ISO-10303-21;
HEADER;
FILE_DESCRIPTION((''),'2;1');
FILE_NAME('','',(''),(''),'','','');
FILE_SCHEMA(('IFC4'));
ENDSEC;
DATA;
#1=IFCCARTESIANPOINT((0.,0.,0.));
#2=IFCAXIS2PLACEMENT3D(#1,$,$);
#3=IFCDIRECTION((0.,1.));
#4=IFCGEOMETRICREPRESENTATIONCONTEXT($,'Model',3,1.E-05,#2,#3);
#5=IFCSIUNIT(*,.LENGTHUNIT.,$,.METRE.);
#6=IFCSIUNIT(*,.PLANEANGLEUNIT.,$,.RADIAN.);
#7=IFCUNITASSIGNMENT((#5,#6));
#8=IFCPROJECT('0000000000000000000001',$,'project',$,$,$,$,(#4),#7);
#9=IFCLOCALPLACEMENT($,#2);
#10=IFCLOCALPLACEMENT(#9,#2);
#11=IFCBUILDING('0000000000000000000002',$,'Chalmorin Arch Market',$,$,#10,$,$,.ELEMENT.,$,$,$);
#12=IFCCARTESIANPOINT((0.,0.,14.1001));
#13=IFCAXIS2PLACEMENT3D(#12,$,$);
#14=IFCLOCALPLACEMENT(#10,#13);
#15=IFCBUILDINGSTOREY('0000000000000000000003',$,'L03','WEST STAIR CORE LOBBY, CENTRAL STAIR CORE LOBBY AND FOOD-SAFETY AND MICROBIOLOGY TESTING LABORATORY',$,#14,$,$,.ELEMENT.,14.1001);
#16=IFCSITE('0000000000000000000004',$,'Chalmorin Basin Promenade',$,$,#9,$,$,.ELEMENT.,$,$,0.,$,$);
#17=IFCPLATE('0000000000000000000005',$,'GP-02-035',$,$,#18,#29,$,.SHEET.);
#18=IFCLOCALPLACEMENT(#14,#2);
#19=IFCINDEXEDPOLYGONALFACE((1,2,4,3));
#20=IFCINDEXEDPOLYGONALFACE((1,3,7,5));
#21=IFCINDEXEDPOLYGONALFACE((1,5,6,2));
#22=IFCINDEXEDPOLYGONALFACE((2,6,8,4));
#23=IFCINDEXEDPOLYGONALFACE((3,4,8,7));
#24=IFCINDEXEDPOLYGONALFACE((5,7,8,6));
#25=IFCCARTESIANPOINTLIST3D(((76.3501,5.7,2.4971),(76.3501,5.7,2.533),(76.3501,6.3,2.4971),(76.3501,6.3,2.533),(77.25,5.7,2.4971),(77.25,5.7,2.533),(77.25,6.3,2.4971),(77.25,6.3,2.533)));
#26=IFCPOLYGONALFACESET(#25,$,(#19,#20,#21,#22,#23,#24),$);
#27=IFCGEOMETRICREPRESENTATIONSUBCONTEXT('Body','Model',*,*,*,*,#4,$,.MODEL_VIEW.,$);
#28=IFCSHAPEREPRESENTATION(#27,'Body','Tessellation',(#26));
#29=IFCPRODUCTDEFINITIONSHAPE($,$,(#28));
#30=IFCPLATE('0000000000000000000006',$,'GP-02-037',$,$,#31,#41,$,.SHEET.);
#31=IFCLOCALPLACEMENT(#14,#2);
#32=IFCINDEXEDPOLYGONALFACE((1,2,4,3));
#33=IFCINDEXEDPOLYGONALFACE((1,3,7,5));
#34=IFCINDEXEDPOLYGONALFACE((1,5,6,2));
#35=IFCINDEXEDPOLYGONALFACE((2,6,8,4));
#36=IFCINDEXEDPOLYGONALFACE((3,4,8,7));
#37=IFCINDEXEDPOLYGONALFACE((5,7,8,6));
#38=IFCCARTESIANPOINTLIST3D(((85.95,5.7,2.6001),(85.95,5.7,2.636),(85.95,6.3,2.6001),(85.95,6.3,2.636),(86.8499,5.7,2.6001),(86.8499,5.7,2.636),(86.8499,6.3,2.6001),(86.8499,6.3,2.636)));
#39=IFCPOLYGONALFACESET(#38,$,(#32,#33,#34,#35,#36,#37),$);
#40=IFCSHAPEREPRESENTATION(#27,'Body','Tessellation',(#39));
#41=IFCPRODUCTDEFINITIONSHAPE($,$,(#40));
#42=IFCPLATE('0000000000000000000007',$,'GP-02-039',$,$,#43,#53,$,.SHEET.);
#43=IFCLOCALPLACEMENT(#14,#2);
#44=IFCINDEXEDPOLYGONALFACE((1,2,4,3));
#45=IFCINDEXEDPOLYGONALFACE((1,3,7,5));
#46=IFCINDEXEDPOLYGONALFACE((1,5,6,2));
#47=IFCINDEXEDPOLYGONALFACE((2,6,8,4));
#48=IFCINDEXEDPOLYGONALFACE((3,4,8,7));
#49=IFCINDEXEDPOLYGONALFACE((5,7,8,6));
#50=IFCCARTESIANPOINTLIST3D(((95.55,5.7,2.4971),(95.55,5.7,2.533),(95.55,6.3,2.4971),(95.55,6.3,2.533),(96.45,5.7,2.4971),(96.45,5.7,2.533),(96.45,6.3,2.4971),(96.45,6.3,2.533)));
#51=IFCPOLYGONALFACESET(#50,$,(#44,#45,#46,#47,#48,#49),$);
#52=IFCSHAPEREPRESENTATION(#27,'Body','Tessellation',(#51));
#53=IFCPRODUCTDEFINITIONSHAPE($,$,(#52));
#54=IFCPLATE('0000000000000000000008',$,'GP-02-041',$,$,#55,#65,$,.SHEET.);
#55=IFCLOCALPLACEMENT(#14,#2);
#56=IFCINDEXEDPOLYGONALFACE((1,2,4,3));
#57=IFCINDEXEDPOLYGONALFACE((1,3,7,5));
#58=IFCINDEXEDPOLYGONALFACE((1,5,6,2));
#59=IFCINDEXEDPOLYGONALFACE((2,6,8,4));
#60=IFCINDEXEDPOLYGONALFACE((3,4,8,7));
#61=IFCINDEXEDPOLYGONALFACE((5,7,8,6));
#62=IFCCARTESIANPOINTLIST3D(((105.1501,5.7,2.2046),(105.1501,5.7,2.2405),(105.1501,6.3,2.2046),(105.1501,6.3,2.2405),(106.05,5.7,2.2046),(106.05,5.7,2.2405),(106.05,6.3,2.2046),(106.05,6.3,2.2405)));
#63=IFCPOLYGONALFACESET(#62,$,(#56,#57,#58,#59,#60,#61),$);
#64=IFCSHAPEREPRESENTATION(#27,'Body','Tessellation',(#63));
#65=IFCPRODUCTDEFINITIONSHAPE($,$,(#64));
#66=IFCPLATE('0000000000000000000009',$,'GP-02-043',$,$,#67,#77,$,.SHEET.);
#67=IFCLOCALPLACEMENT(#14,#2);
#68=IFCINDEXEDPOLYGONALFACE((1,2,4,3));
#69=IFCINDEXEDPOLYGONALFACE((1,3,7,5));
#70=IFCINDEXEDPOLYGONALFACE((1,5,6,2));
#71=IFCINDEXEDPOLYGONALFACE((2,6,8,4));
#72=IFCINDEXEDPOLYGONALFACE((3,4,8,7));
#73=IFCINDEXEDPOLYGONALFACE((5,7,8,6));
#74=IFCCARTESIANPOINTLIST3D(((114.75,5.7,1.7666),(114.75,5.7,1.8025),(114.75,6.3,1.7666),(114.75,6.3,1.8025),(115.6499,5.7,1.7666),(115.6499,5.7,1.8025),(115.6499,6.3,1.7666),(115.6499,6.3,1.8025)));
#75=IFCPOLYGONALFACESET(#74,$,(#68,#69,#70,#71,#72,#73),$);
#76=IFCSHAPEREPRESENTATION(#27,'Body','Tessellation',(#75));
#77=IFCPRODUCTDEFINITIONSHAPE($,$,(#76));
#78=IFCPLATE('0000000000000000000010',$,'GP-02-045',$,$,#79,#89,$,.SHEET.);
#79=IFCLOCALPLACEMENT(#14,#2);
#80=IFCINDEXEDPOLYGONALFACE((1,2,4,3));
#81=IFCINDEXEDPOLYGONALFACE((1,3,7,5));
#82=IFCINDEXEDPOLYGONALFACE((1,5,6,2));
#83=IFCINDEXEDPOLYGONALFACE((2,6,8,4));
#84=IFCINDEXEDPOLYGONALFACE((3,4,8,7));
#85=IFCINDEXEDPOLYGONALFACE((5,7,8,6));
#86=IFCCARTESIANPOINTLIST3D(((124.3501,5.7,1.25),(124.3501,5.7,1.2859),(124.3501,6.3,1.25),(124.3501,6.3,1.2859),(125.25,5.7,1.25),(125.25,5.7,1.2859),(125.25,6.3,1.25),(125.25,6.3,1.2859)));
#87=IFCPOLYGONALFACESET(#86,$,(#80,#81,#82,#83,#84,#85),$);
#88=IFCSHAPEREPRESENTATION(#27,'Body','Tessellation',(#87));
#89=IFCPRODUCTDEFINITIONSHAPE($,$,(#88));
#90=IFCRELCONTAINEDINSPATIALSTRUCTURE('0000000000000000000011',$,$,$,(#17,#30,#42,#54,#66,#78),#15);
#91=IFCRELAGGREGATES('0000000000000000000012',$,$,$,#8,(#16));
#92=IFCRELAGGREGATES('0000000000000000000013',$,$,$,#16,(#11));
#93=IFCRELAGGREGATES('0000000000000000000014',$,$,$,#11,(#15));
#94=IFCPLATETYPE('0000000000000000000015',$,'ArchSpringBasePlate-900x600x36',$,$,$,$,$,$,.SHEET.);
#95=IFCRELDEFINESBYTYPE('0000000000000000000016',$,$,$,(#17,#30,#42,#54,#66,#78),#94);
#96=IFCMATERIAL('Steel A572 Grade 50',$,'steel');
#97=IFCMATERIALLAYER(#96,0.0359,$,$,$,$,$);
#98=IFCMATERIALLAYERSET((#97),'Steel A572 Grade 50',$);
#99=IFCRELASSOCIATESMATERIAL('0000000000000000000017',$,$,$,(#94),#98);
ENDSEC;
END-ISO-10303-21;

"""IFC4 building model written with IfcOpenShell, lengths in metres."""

from ifc_helpers import new_model, si_unit, direction, frame, origin, origin_2d, place, context, subcontext, project, spatial, rectangle, extrude, material, layer, layer_set, type_object, element, save


model = new_model("IFC4")

# Units and contexts
model_context = context("Model", 3, precision=1e-05, world=origin(), true_north=direction((0.0, 1.0)))
body_context = subcontext(model_context, "Body", "Model", "MODEL_VIEW")
ifc_project = project(units=[si_unit("LENGTHUNIT", "METRE"), si_unit("PLANEANGLEUNIT", "RADIAN")], contexts=[model_context])

# Site, building, storey
site_placement = place(None, origin())
site = spatial("IfcSite", under=ifc_project, at=site_placement, Name="Chalmorin Basin Promenade", CompositionType="ELEMENT", RefElevation=0.0)
building_placement = place(site_placement, origin())
building = spatial("IfcBuilding", under=site, at=building_placement, Name="Chalmorin Arch Market", CompositionType="ELEMENT")
storey_placement = place(building_placement, frame((0.0, 0.0, 14.1001)))
storey = spatial("IfcBuildingStorey", under=building, at=storey_placement, Name="L03", Description="WEST STAIR CORE LOBBY, CENTRAL STAIR CORE LOBBY AND FOOD-SAFETY AND MICROBIOLOGY TESTING LABORATORY", CompositionType="ELEMENT", Elevation=14.1001)

# Plates
ifc_material_1 = material(Name="Steel A572 Grade 50", Category="steel")
ifc_layer = layer(ifc_material_1, 0.0359)
ifc_layer_set = layer_set([ifc_layer], Name="Steel A572 Grade 50")
plate_type = type_object("IfcPlateType", Name="ArchSpringBasePlate-900x600x36", PredefinedType="SHEET", material=ifc_layer_set)
for number, where, z_axis, x_axis, name in (
    (1, (76.8, 6.0, 2.4971), (0.0, 0.0, 1.0), (1.0, 0.0, 0.0), "GP-02-035"),
    (2, (86.3999, 6.0, 2.6001), (0.0, 0.0, 1.0), (1.0, 0.0, 0.0), "GP-02-037"),
    (3, (96.0, 6.0, 2.4971), (0.0, 0.0, 1.0), (1.0, 0.0, 0.0), "GP-02-039"),
    (4, (105.6001, 6.0, 2.2046), (0.0, 0.0, 1.0), (1.0, 0.0, 0.0), "GP-02-041"),
    (5, (115.2, 6.0, 1.7666), (0.0, 0.0, 1.0), (1.0, 0.0, 0.0), "GP-02-043"),
    (6, (124.8, 6.0, 1.25), (0.0, 0.0, 1.0), (1.0, 0.0, 0.0), "GP-02-045"),
):
    element("IfcPlate", number, at=place(storey_placement, frame(where, z_axis=z_axis, x_axis=x_axis)), inside=storey, type_object=plate_type, Name=name, PredefinedType="SHEET", context=body_context, shape_type="SweptSolid", body=[
        extrude(rectangle(XDim=0.8999, YDim=0.6001, at=origin_2d()), origin(), (0.0, 0.0, 1.0), 0.0359),
    ])

save(model, "model.ifc")
